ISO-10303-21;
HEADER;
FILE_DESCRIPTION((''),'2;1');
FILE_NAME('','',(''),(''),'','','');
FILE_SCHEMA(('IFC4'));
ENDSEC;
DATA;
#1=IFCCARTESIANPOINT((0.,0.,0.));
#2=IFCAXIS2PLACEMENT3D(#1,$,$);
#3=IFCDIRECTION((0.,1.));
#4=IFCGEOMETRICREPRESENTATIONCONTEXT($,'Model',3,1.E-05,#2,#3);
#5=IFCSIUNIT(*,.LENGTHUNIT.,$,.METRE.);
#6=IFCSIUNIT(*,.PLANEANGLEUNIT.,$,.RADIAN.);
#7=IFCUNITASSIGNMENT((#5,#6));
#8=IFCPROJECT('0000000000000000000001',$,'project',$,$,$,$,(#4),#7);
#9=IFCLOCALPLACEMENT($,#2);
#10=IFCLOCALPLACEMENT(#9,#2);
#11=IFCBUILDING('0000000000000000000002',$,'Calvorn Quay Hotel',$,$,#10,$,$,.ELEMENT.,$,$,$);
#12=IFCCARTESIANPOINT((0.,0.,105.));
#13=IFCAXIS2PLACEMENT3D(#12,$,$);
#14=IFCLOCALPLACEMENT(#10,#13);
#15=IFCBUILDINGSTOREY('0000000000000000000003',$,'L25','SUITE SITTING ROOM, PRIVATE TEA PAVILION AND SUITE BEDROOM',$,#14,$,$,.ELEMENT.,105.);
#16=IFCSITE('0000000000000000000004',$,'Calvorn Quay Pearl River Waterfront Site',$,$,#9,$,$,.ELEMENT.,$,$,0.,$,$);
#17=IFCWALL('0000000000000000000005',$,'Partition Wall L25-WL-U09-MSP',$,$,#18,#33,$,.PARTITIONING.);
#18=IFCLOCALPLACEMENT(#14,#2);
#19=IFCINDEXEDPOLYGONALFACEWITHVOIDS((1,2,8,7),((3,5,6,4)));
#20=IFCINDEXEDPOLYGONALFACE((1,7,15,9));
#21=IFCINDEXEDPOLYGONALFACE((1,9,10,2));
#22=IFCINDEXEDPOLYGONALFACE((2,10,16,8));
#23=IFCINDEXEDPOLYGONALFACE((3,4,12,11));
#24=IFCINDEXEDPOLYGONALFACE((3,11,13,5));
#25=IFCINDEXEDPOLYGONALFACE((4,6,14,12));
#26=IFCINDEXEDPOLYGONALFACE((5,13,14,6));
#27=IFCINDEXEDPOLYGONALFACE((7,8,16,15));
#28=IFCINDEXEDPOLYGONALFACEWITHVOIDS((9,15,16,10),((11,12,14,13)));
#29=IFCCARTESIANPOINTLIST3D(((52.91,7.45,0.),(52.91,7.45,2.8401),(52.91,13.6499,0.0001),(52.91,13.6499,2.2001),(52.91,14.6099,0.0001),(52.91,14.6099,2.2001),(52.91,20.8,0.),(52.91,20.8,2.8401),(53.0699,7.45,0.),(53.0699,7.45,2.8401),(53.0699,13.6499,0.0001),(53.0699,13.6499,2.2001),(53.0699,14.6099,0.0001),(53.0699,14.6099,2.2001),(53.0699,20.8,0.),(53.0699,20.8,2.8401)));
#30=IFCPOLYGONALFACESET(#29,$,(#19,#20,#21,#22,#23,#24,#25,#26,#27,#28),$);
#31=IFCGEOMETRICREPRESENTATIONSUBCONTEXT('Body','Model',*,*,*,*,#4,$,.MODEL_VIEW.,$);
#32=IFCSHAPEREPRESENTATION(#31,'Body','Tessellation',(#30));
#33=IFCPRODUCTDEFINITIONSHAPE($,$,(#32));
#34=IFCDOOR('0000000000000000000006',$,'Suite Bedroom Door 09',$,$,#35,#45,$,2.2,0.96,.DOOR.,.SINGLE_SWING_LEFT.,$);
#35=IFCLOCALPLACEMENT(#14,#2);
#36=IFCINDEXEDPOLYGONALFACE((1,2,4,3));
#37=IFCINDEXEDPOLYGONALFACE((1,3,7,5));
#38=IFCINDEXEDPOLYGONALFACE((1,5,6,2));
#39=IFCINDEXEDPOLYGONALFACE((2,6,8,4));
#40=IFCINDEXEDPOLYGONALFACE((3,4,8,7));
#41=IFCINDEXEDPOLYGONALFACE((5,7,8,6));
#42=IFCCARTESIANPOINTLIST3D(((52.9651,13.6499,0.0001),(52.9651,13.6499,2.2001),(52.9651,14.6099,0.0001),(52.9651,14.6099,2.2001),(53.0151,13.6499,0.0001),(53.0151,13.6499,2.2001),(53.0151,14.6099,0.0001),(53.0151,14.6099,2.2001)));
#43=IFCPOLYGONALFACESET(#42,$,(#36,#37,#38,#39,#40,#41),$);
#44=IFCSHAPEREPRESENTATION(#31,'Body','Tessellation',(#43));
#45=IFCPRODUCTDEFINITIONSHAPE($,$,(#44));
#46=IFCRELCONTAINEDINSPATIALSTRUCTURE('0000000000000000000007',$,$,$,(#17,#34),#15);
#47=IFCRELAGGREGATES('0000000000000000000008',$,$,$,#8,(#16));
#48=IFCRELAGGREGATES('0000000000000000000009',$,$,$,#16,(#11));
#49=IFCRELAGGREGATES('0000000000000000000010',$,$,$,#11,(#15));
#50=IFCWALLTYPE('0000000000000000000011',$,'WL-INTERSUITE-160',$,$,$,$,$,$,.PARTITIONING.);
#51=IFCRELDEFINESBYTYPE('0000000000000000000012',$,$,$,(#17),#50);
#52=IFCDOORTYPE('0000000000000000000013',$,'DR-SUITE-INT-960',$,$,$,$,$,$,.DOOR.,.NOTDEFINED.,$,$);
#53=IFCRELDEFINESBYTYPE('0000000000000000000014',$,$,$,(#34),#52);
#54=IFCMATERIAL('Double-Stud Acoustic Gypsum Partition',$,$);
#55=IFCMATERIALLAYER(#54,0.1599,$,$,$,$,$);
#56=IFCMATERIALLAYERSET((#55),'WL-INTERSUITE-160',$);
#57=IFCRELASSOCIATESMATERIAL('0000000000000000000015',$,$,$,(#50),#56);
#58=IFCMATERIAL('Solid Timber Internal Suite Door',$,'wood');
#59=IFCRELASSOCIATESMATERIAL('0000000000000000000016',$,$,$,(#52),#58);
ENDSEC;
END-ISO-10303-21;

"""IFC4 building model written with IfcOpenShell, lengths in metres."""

from ifc_helpers import new_model, si_unit, direction, frame, frame_2d, origin, place, context, subcontext, project, spatial, rectangle, extrude, material, layer, layer_set, type_object, element, fill, save


model = new_model("IFC4")

# Units and contexts
model_context = context("Model", 3, precision=1e-05, world=origin(), true_north=direction((0.0, 1.0)))
body_context = subcontext(model_context, "Body", "Model", "MODEL_VIEW")
ifc_project = project(units=[si_unit("LENGTHUNIT", "METRE"), si_unit("PLANEANGLEUNIT", "RADIAN")], contexts=[model_context])

# Site, building, storey
site_placement = place(None, origin())
site = spatial("IfcSite", under=ifc_project, at=site_placement, Name="Calvorn Quay Pearl River Waterfront Site", CompositionType="ELEMENT", RefElevation=0.0)
building_placement = place(site_placement, origin())
building = spatial("IfcBuilding", under=site, at=building_placement, Name="Calvorn Quay Hotel", CompositionType="ELEMENT")
storey_placement = place(building_placement, frame((0.0, 0.0, 105.0)))
storey = spatial("IfcBuildingStorey", under=building, at=storey_placement, Name="L25", Description="SUITE SITTING ROOM, PRIVATE TEA PAVILION AND SUITE BEDROOM", CompositionType="ELEMENT", Elevation=105.0)

# Wall, opening, door
ifc_material_1 = material(Name="Double-Stud Acoustic Gypsum Partition")
ifc_layer_1 = layer(ifc_material_1, 0.1599)
ifc_layer_set_1 = layer_set([ifc_layer_1], Name="WL-INTERSUITE-160")
wall_type_1 = type_object("IfcWallType", Name="WL-INTERSUITE-160", PredefinedType="PARTITIONING", material=ifc_layer_set_1)
wall_1_placement = place(storey_placement, frame((52.99, 7.45, 0.0), z_axis=(0.0, 0.0, 1.0), x_axis=(0.0, 1.0, 0.0)))
wall_1 = element("IfcWall", 1, at=wall_1_placement, inside=storey, type_object=wall_type_1, Name="Partition Wall L25-WL-U09-MSP", PredefinedType="PARTITIONING", context=body_context, shape_type="SweptSolid", body=[
    extrude(rectangle(XDim=13.3501, YDim=0.1599, at=frame_2d((6.675, 0.0))), origin(), (0.0, 0.0, 1.0), 2.8401),
])
opening_1_placement = place(wall_1_placement, frame((6.2, 0.0, 0.0)))
opening_1 = element("IfcOpeningElement", 2, at=opening_1_placement, cuts=wall_1, PredefinedType="OPENING", context=body_context, shape_type="SweptSolid", body=[
    extrude(rectangle(XDim=0.96, YDim=2.2, at=frame_2d((0.48, 1.1001))), frame((0.0, 0.0898, 0.0), z_axis=(0.0, -1.0, 0.0), x_axis=(1.0, 0.0, 0.0)), (0.0, 0.0, 1.0), 0.1799),
])
ifc_material_2 = material(Name="Solid Timber Internal Suite Door", Category="wood")
door_type_1 = type_object("IfcDoorType", Name="DR-SUITE-INT-960", OperationType="NOTDEFINED", PredefinedType="DOOR", material=ifc_material_2)
door_1_placement = place(opening_1_placement, origin())
door_1 = element("IfcDoor", 3, at=door_1_placement, inside=storey, type_object=door_type_1, Name="Suite Bedroom Door 09", OperationType="SINGLE_SWING_LEFT", OverallHeight=2.2, OverallWidth=0.96, PredefinedType="DOOR", context=body_context, shape_type="SweptSolid", body=[
    extrude(rectangle(XDim=0.96, YDim=2.2, at=frame_2d((0.48, 1.1001))), frame((0.0, 0.0249, 0.0), z_axis=(0.0, -1.0, 0.0), x_axis=(1.0, 0.0, 0.0)), (0.0, 0.0, 1.0), 0.05),
])
fill(opening_1, door_1)

save(model, "model.ifc")
